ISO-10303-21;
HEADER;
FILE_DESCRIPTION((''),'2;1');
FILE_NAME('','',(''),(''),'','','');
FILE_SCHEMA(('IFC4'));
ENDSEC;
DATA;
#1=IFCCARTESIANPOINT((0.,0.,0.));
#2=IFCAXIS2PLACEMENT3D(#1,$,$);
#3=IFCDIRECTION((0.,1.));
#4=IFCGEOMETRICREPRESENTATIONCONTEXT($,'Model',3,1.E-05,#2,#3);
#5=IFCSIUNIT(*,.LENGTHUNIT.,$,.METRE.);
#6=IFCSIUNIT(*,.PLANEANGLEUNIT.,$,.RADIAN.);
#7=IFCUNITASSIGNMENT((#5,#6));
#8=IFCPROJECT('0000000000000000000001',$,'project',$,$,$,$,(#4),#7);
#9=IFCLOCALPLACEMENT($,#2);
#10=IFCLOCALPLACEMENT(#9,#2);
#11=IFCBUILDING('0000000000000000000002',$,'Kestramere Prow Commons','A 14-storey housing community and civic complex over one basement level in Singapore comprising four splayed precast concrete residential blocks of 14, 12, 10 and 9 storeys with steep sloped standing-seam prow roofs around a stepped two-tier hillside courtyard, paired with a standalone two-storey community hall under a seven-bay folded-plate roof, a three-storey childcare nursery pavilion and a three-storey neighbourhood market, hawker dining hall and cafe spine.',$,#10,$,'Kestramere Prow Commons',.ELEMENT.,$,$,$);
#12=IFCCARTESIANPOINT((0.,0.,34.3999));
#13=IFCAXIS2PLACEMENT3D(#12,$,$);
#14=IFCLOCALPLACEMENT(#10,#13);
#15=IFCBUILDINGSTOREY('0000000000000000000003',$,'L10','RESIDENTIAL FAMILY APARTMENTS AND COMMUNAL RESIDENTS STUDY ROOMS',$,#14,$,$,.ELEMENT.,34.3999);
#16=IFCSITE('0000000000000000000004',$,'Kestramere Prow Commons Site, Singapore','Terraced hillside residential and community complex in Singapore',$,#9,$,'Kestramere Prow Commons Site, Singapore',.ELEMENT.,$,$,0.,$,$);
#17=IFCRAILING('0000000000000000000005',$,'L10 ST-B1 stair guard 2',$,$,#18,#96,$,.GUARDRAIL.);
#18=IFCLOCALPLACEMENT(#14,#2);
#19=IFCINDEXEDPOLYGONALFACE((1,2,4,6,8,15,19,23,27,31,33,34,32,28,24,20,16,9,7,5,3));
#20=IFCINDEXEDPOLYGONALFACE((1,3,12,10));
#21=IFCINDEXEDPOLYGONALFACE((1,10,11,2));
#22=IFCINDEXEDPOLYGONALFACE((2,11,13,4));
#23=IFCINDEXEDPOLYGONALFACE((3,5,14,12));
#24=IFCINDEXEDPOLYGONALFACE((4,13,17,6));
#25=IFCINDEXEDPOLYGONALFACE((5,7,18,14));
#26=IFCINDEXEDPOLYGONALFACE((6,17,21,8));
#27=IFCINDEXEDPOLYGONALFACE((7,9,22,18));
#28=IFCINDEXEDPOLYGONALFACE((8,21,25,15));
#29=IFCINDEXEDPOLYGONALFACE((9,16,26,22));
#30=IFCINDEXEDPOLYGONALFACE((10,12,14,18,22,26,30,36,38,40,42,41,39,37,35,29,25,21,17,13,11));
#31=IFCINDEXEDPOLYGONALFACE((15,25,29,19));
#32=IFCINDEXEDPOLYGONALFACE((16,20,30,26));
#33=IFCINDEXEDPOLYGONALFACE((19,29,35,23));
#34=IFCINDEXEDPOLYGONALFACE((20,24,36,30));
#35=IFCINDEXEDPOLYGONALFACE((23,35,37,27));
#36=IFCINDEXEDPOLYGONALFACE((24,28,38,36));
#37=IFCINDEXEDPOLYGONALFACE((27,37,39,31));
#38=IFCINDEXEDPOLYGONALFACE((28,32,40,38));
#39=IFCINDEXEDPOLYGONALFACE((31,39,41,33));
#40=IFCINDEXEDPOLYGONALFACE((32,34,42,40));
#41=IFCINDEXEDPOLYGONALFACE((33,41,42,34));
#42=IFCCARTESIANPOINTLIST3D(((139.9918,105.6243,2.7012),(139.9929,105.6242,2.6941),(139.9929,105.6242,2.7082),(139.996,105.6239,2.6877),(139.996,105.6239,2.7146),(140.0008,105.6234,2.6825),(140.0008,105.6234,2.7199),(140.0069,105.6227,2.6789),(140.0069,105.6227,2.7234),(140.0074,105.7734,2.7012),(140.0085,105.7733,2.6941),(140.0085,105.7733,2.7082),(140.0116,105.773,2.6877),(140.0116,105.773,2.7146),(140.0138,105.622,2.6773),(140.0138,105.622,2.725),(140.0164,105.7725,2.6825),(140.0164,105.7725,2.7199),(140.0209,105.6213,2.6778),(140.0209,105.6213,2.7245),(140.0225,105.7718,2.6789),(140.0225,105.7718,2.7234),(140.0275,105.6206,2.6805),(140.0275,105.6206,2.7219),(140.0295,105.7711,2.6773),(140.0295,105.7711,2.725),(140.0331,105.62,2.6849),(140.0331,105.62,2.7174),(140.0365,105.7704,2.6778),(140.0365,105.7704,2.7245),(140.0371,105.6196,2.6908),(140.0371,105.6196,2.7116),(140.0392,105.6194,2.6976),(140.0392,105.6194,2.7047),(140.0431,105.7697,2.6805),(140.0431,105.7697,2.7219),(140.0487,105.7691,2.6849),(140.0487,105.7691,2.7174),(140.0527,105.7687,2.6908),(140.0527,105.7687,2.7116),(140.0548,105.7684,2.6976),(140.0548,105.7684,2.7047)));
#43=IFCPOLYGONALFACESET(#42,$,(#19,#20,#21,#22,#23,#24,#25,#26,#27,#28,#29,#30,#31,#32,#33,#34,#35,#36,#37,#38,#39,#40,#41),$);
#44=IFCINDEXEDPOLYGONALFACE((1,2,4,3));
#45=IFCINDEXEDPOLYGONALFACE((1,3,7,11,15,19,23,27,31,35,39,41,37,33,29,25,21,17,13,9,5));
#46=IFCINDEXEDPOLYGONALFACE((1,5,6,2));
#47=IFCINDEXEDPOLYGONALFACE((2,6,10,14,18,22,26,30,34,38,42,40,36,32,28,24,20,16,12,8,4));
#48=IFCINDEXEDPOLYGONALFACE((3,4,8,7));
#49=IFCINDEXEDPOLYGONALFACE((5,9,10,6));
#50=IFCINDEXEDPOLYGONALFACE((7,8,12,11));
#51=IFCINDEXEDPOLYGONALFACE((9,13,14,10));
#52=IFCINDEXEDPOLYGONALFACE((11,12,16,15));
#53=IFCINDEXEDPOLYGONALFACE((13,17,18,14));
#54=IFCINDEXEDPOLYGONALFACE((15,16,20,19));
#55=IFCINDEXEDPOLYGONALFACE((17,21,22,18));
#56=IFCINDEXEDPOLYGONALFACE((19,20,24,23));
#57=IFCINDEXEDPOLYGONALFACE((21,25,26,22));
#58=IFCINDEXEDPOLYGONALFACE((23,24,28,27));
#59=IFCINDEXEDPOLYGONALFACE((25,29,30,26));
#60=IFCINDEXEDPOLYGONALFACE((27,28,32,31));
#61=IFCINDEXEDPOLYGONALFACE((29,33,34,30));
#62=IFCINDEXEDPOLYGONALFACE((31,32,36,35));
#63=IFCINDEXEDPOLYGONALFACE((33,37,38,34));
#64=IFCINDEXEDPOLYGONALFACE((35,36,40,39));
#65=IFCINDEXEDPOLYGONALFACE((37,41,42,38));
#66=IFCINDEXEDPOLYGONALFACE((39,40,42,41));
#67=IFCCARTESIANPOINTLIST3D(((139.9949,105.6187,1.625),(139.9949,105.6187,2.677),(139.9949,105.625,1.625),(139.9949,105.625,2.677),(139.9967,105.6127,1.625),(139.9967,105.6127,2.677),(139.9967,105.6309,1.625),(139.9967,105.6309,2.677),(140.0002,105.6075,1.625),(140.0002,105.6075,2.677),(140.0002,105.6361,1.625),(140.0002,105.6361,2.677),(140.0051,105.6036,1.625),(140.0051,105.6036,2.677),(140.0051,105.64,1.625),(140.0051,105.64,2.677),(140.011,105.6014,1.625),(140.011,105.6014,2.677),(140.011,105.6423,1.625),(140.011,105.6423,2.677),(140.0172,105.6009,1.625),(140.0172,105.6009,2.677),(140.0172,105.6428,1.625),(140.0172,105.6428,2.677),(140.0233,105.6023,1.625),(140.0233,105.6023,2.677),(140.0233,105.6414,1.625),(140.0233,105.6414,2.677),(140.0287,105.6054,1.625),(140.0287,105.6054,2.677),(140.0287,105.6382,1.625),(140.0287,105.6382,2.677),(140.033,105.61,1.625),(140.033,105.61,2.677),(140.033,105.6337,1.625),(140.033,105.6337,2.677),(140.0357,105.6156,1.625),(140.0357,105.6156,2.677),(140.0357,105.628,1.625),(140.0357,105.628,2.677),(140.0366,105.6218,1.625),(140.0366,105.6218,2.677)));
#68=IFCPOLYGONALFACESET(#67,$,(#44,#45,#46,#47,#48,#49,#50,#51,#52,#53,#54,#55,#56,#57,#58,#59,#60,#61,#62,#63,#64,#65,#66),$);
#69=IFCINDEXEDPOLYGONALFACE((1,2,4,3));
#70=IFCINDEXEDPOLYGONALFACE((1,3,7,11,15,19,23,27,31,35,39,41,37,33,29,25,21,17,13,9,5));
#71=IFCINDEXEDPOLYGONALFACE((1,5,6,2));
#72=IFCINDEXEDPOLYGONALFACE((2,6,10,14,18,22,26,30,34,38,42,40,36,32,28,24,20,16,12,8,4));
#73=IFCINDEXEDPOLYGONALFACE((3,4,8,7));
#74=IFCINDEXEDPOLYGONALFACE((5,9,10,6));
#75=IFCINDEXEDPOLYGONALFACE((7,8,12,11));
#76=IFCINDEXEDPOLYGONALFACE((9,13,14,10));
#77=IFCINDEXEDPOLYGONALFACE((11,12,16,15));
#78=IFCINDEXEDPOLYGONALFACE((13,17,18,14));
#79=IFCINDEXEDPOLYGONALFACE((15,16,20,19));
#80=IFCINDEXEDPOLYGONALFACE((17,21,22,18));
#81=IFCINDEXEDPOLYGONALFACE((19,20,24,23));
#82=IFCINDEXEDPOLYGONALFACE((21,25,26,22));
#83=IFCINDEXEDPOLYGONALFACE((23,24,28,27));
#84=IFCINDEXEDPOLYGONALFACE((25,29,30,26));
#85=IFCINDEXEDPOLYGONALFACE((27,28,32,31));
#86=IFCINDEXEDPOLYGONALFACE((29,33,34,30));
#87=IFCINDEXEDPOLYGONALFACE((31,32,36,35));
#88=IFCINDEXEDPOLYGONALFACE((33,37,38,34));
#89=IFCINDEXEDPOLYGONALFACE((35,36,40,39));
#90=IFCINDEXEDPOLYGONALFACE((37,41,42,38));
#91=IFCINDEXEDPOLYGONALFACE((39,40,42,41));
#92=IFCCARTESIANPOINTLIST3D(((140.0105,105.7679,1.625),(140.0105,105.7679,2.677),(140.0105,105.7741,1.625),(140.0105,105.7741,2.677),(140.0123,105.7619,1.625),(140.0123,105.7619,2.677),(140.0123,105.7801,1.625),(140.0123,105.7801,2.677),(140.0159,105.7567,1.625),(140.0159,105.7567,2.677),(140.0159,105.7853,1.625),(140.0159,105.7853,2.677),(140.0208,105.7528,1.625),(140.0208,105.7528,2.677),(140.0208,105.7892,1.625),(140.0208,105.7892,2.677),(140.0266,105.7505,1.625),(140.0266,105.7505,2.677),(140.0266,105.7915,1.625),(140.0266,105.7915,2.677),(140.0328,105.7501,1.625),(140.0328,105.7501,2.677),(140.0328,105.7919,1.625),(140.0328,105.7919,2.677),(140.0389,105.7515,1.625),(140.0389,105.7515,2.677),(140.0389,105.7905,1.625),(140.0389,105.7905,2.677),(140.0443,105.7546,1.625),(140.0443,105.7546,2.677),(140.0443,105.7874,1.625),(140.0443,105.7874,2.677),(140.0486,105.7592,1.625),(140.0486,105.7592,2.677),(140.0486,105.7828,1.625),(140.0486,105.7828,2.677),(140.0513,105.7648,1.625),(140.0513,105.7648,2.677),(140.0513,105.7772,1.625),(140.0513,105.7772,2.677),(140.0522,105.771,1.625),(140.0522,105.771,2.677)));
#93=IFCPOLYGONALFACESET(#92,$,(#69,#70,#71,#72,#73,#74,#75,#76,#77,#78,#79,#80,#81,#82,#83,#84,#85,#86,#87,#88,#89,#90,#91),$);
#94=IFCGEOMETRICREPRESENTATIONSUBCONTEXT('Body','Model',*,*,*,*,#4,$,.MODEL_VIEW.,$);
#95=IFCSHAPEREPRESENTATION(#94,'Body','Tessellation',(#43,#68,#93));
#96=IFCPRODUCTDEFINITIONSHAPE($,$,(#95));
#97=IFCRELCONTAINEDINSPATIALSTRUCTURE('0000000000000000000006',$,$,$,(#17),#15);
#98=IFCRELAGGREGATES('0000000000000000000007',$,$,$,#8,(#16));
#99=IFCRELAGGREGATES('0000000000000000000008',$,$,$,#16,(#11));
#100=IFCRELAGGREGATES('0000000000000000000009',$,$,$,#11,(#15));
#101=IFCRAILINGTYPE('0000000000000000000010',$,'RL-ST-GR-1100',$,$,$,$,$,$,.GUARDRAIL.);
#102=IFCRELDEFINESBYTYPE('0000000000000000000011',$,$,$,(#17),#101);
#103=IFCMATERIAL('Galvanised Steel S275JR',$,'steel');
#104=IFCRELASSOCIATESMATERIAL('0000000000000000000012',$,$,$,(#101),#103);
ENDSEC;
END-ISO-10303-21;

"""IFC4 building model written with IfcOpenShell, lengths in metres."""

from ifc_helpers import new_model, si_unit, direction, frame, origin, origin_2d, place, context, subcontext, project, spatial, circle, extrude, material, type_object, element, save


model = new_model("IFC4")

# Units and contexts
model_context = context("Model", 3, precision=1e-05, world=origin(), true_north=direction((0.0, 1.0)))
body_context = subcontext(model_context, "Body", "Model", "MODEL_VIEW")
ifc_project = project(units=[si_unit("LENGTHUNIT", "METRE"), si_unit("PLANEANGLEUNIT", "RADIAN")], contexts=[model_context])

# Site, building, storey
site_placement = place(None, origin())
site = spatial("IfcSite", under=ifc_project, at=site_placement, Name="Kestramere Prow Commons Site, Singapore", Description="Terraced hillside residential and community complex in Singapore", LongName="Kestramere Prow Commons Site, Singapore", CompositionType="ELEMENT", RefElevation=0.0)
building_placement = place(site_placement, origin())
building = spatial("IfcBuilding", under=site, at=building_placement, Name="Kestramere Prow Commons", Description="A 14-storey housing community and civic complex over one basement level in Singapore comprising four splayed precast concrete residential blocks of 14, 12, 10 and 9 storeys with steep sloped standing-seam prow roofs around a stepped two-tier hillside courtyard, paired with a standalone two-storey community hall under a seven-bay folded-plate roof, a three-storey childcare nursery pavilion and a three-storey neighbourhood market, hawker dining hall and cafe spine.", LongName="Kestramere Prow Commons", CompositionType="ELEMENT")
storey_placement = place(building_placement, frame((0.0, 0.0, 34.3999)))
storey = spatial("IfcBuildingStorey", under=building, at=storey_placement, Name="L10", Description="RESIDENTIAL FAMILY APARTMENTS AND COMMUNAL RESIDENTS STUDY ROOMS", CompositionType="ELEMENT", Elevation=34.3999)

# Railing
ifc_material_1 = material(Name="Galvanised Steel S275JR", Category="steel")
railing_type_1 = type_object("IfcRailingType", Name="RL-ST-GR-1100", PredefinedType="GUARDRAIL", material=ifc_material_1)
railing_1_placement = place(storey_placement, frame((140.0156, 105.6218, 1.625)))
element("IfcRailing", 1, at=railing_1_placement, inside=storey, type_object=railing_type_1, Name="L10 ST-B1 stair guard 2", PredefinedType="GUARDRAIL", context=body_context, shape_type="SweptSolid", body=[
    extrude(circle(Radius=0.0239, at=origin_2d()), frame((0.0, 0.0, 1.0762), z_axis=(0.104176, 0.994559, 0.0), x_axis=(-0.994559, 0.104176, 0.0)), (0.0, 0.0, 1.0), 0.1499),
    extrude(circle(Radius=0.021, at=origin_2d()), origin(), (0.0, 0.0, 1.0), 1.052),
    extrude(circle(Radius=0.021, at=origin_2d()), frame((0.0156, 0.1492, 0.0)), (0.0, 0.0, 1.0), 1.052),
])

save(model, "model.ifc")
